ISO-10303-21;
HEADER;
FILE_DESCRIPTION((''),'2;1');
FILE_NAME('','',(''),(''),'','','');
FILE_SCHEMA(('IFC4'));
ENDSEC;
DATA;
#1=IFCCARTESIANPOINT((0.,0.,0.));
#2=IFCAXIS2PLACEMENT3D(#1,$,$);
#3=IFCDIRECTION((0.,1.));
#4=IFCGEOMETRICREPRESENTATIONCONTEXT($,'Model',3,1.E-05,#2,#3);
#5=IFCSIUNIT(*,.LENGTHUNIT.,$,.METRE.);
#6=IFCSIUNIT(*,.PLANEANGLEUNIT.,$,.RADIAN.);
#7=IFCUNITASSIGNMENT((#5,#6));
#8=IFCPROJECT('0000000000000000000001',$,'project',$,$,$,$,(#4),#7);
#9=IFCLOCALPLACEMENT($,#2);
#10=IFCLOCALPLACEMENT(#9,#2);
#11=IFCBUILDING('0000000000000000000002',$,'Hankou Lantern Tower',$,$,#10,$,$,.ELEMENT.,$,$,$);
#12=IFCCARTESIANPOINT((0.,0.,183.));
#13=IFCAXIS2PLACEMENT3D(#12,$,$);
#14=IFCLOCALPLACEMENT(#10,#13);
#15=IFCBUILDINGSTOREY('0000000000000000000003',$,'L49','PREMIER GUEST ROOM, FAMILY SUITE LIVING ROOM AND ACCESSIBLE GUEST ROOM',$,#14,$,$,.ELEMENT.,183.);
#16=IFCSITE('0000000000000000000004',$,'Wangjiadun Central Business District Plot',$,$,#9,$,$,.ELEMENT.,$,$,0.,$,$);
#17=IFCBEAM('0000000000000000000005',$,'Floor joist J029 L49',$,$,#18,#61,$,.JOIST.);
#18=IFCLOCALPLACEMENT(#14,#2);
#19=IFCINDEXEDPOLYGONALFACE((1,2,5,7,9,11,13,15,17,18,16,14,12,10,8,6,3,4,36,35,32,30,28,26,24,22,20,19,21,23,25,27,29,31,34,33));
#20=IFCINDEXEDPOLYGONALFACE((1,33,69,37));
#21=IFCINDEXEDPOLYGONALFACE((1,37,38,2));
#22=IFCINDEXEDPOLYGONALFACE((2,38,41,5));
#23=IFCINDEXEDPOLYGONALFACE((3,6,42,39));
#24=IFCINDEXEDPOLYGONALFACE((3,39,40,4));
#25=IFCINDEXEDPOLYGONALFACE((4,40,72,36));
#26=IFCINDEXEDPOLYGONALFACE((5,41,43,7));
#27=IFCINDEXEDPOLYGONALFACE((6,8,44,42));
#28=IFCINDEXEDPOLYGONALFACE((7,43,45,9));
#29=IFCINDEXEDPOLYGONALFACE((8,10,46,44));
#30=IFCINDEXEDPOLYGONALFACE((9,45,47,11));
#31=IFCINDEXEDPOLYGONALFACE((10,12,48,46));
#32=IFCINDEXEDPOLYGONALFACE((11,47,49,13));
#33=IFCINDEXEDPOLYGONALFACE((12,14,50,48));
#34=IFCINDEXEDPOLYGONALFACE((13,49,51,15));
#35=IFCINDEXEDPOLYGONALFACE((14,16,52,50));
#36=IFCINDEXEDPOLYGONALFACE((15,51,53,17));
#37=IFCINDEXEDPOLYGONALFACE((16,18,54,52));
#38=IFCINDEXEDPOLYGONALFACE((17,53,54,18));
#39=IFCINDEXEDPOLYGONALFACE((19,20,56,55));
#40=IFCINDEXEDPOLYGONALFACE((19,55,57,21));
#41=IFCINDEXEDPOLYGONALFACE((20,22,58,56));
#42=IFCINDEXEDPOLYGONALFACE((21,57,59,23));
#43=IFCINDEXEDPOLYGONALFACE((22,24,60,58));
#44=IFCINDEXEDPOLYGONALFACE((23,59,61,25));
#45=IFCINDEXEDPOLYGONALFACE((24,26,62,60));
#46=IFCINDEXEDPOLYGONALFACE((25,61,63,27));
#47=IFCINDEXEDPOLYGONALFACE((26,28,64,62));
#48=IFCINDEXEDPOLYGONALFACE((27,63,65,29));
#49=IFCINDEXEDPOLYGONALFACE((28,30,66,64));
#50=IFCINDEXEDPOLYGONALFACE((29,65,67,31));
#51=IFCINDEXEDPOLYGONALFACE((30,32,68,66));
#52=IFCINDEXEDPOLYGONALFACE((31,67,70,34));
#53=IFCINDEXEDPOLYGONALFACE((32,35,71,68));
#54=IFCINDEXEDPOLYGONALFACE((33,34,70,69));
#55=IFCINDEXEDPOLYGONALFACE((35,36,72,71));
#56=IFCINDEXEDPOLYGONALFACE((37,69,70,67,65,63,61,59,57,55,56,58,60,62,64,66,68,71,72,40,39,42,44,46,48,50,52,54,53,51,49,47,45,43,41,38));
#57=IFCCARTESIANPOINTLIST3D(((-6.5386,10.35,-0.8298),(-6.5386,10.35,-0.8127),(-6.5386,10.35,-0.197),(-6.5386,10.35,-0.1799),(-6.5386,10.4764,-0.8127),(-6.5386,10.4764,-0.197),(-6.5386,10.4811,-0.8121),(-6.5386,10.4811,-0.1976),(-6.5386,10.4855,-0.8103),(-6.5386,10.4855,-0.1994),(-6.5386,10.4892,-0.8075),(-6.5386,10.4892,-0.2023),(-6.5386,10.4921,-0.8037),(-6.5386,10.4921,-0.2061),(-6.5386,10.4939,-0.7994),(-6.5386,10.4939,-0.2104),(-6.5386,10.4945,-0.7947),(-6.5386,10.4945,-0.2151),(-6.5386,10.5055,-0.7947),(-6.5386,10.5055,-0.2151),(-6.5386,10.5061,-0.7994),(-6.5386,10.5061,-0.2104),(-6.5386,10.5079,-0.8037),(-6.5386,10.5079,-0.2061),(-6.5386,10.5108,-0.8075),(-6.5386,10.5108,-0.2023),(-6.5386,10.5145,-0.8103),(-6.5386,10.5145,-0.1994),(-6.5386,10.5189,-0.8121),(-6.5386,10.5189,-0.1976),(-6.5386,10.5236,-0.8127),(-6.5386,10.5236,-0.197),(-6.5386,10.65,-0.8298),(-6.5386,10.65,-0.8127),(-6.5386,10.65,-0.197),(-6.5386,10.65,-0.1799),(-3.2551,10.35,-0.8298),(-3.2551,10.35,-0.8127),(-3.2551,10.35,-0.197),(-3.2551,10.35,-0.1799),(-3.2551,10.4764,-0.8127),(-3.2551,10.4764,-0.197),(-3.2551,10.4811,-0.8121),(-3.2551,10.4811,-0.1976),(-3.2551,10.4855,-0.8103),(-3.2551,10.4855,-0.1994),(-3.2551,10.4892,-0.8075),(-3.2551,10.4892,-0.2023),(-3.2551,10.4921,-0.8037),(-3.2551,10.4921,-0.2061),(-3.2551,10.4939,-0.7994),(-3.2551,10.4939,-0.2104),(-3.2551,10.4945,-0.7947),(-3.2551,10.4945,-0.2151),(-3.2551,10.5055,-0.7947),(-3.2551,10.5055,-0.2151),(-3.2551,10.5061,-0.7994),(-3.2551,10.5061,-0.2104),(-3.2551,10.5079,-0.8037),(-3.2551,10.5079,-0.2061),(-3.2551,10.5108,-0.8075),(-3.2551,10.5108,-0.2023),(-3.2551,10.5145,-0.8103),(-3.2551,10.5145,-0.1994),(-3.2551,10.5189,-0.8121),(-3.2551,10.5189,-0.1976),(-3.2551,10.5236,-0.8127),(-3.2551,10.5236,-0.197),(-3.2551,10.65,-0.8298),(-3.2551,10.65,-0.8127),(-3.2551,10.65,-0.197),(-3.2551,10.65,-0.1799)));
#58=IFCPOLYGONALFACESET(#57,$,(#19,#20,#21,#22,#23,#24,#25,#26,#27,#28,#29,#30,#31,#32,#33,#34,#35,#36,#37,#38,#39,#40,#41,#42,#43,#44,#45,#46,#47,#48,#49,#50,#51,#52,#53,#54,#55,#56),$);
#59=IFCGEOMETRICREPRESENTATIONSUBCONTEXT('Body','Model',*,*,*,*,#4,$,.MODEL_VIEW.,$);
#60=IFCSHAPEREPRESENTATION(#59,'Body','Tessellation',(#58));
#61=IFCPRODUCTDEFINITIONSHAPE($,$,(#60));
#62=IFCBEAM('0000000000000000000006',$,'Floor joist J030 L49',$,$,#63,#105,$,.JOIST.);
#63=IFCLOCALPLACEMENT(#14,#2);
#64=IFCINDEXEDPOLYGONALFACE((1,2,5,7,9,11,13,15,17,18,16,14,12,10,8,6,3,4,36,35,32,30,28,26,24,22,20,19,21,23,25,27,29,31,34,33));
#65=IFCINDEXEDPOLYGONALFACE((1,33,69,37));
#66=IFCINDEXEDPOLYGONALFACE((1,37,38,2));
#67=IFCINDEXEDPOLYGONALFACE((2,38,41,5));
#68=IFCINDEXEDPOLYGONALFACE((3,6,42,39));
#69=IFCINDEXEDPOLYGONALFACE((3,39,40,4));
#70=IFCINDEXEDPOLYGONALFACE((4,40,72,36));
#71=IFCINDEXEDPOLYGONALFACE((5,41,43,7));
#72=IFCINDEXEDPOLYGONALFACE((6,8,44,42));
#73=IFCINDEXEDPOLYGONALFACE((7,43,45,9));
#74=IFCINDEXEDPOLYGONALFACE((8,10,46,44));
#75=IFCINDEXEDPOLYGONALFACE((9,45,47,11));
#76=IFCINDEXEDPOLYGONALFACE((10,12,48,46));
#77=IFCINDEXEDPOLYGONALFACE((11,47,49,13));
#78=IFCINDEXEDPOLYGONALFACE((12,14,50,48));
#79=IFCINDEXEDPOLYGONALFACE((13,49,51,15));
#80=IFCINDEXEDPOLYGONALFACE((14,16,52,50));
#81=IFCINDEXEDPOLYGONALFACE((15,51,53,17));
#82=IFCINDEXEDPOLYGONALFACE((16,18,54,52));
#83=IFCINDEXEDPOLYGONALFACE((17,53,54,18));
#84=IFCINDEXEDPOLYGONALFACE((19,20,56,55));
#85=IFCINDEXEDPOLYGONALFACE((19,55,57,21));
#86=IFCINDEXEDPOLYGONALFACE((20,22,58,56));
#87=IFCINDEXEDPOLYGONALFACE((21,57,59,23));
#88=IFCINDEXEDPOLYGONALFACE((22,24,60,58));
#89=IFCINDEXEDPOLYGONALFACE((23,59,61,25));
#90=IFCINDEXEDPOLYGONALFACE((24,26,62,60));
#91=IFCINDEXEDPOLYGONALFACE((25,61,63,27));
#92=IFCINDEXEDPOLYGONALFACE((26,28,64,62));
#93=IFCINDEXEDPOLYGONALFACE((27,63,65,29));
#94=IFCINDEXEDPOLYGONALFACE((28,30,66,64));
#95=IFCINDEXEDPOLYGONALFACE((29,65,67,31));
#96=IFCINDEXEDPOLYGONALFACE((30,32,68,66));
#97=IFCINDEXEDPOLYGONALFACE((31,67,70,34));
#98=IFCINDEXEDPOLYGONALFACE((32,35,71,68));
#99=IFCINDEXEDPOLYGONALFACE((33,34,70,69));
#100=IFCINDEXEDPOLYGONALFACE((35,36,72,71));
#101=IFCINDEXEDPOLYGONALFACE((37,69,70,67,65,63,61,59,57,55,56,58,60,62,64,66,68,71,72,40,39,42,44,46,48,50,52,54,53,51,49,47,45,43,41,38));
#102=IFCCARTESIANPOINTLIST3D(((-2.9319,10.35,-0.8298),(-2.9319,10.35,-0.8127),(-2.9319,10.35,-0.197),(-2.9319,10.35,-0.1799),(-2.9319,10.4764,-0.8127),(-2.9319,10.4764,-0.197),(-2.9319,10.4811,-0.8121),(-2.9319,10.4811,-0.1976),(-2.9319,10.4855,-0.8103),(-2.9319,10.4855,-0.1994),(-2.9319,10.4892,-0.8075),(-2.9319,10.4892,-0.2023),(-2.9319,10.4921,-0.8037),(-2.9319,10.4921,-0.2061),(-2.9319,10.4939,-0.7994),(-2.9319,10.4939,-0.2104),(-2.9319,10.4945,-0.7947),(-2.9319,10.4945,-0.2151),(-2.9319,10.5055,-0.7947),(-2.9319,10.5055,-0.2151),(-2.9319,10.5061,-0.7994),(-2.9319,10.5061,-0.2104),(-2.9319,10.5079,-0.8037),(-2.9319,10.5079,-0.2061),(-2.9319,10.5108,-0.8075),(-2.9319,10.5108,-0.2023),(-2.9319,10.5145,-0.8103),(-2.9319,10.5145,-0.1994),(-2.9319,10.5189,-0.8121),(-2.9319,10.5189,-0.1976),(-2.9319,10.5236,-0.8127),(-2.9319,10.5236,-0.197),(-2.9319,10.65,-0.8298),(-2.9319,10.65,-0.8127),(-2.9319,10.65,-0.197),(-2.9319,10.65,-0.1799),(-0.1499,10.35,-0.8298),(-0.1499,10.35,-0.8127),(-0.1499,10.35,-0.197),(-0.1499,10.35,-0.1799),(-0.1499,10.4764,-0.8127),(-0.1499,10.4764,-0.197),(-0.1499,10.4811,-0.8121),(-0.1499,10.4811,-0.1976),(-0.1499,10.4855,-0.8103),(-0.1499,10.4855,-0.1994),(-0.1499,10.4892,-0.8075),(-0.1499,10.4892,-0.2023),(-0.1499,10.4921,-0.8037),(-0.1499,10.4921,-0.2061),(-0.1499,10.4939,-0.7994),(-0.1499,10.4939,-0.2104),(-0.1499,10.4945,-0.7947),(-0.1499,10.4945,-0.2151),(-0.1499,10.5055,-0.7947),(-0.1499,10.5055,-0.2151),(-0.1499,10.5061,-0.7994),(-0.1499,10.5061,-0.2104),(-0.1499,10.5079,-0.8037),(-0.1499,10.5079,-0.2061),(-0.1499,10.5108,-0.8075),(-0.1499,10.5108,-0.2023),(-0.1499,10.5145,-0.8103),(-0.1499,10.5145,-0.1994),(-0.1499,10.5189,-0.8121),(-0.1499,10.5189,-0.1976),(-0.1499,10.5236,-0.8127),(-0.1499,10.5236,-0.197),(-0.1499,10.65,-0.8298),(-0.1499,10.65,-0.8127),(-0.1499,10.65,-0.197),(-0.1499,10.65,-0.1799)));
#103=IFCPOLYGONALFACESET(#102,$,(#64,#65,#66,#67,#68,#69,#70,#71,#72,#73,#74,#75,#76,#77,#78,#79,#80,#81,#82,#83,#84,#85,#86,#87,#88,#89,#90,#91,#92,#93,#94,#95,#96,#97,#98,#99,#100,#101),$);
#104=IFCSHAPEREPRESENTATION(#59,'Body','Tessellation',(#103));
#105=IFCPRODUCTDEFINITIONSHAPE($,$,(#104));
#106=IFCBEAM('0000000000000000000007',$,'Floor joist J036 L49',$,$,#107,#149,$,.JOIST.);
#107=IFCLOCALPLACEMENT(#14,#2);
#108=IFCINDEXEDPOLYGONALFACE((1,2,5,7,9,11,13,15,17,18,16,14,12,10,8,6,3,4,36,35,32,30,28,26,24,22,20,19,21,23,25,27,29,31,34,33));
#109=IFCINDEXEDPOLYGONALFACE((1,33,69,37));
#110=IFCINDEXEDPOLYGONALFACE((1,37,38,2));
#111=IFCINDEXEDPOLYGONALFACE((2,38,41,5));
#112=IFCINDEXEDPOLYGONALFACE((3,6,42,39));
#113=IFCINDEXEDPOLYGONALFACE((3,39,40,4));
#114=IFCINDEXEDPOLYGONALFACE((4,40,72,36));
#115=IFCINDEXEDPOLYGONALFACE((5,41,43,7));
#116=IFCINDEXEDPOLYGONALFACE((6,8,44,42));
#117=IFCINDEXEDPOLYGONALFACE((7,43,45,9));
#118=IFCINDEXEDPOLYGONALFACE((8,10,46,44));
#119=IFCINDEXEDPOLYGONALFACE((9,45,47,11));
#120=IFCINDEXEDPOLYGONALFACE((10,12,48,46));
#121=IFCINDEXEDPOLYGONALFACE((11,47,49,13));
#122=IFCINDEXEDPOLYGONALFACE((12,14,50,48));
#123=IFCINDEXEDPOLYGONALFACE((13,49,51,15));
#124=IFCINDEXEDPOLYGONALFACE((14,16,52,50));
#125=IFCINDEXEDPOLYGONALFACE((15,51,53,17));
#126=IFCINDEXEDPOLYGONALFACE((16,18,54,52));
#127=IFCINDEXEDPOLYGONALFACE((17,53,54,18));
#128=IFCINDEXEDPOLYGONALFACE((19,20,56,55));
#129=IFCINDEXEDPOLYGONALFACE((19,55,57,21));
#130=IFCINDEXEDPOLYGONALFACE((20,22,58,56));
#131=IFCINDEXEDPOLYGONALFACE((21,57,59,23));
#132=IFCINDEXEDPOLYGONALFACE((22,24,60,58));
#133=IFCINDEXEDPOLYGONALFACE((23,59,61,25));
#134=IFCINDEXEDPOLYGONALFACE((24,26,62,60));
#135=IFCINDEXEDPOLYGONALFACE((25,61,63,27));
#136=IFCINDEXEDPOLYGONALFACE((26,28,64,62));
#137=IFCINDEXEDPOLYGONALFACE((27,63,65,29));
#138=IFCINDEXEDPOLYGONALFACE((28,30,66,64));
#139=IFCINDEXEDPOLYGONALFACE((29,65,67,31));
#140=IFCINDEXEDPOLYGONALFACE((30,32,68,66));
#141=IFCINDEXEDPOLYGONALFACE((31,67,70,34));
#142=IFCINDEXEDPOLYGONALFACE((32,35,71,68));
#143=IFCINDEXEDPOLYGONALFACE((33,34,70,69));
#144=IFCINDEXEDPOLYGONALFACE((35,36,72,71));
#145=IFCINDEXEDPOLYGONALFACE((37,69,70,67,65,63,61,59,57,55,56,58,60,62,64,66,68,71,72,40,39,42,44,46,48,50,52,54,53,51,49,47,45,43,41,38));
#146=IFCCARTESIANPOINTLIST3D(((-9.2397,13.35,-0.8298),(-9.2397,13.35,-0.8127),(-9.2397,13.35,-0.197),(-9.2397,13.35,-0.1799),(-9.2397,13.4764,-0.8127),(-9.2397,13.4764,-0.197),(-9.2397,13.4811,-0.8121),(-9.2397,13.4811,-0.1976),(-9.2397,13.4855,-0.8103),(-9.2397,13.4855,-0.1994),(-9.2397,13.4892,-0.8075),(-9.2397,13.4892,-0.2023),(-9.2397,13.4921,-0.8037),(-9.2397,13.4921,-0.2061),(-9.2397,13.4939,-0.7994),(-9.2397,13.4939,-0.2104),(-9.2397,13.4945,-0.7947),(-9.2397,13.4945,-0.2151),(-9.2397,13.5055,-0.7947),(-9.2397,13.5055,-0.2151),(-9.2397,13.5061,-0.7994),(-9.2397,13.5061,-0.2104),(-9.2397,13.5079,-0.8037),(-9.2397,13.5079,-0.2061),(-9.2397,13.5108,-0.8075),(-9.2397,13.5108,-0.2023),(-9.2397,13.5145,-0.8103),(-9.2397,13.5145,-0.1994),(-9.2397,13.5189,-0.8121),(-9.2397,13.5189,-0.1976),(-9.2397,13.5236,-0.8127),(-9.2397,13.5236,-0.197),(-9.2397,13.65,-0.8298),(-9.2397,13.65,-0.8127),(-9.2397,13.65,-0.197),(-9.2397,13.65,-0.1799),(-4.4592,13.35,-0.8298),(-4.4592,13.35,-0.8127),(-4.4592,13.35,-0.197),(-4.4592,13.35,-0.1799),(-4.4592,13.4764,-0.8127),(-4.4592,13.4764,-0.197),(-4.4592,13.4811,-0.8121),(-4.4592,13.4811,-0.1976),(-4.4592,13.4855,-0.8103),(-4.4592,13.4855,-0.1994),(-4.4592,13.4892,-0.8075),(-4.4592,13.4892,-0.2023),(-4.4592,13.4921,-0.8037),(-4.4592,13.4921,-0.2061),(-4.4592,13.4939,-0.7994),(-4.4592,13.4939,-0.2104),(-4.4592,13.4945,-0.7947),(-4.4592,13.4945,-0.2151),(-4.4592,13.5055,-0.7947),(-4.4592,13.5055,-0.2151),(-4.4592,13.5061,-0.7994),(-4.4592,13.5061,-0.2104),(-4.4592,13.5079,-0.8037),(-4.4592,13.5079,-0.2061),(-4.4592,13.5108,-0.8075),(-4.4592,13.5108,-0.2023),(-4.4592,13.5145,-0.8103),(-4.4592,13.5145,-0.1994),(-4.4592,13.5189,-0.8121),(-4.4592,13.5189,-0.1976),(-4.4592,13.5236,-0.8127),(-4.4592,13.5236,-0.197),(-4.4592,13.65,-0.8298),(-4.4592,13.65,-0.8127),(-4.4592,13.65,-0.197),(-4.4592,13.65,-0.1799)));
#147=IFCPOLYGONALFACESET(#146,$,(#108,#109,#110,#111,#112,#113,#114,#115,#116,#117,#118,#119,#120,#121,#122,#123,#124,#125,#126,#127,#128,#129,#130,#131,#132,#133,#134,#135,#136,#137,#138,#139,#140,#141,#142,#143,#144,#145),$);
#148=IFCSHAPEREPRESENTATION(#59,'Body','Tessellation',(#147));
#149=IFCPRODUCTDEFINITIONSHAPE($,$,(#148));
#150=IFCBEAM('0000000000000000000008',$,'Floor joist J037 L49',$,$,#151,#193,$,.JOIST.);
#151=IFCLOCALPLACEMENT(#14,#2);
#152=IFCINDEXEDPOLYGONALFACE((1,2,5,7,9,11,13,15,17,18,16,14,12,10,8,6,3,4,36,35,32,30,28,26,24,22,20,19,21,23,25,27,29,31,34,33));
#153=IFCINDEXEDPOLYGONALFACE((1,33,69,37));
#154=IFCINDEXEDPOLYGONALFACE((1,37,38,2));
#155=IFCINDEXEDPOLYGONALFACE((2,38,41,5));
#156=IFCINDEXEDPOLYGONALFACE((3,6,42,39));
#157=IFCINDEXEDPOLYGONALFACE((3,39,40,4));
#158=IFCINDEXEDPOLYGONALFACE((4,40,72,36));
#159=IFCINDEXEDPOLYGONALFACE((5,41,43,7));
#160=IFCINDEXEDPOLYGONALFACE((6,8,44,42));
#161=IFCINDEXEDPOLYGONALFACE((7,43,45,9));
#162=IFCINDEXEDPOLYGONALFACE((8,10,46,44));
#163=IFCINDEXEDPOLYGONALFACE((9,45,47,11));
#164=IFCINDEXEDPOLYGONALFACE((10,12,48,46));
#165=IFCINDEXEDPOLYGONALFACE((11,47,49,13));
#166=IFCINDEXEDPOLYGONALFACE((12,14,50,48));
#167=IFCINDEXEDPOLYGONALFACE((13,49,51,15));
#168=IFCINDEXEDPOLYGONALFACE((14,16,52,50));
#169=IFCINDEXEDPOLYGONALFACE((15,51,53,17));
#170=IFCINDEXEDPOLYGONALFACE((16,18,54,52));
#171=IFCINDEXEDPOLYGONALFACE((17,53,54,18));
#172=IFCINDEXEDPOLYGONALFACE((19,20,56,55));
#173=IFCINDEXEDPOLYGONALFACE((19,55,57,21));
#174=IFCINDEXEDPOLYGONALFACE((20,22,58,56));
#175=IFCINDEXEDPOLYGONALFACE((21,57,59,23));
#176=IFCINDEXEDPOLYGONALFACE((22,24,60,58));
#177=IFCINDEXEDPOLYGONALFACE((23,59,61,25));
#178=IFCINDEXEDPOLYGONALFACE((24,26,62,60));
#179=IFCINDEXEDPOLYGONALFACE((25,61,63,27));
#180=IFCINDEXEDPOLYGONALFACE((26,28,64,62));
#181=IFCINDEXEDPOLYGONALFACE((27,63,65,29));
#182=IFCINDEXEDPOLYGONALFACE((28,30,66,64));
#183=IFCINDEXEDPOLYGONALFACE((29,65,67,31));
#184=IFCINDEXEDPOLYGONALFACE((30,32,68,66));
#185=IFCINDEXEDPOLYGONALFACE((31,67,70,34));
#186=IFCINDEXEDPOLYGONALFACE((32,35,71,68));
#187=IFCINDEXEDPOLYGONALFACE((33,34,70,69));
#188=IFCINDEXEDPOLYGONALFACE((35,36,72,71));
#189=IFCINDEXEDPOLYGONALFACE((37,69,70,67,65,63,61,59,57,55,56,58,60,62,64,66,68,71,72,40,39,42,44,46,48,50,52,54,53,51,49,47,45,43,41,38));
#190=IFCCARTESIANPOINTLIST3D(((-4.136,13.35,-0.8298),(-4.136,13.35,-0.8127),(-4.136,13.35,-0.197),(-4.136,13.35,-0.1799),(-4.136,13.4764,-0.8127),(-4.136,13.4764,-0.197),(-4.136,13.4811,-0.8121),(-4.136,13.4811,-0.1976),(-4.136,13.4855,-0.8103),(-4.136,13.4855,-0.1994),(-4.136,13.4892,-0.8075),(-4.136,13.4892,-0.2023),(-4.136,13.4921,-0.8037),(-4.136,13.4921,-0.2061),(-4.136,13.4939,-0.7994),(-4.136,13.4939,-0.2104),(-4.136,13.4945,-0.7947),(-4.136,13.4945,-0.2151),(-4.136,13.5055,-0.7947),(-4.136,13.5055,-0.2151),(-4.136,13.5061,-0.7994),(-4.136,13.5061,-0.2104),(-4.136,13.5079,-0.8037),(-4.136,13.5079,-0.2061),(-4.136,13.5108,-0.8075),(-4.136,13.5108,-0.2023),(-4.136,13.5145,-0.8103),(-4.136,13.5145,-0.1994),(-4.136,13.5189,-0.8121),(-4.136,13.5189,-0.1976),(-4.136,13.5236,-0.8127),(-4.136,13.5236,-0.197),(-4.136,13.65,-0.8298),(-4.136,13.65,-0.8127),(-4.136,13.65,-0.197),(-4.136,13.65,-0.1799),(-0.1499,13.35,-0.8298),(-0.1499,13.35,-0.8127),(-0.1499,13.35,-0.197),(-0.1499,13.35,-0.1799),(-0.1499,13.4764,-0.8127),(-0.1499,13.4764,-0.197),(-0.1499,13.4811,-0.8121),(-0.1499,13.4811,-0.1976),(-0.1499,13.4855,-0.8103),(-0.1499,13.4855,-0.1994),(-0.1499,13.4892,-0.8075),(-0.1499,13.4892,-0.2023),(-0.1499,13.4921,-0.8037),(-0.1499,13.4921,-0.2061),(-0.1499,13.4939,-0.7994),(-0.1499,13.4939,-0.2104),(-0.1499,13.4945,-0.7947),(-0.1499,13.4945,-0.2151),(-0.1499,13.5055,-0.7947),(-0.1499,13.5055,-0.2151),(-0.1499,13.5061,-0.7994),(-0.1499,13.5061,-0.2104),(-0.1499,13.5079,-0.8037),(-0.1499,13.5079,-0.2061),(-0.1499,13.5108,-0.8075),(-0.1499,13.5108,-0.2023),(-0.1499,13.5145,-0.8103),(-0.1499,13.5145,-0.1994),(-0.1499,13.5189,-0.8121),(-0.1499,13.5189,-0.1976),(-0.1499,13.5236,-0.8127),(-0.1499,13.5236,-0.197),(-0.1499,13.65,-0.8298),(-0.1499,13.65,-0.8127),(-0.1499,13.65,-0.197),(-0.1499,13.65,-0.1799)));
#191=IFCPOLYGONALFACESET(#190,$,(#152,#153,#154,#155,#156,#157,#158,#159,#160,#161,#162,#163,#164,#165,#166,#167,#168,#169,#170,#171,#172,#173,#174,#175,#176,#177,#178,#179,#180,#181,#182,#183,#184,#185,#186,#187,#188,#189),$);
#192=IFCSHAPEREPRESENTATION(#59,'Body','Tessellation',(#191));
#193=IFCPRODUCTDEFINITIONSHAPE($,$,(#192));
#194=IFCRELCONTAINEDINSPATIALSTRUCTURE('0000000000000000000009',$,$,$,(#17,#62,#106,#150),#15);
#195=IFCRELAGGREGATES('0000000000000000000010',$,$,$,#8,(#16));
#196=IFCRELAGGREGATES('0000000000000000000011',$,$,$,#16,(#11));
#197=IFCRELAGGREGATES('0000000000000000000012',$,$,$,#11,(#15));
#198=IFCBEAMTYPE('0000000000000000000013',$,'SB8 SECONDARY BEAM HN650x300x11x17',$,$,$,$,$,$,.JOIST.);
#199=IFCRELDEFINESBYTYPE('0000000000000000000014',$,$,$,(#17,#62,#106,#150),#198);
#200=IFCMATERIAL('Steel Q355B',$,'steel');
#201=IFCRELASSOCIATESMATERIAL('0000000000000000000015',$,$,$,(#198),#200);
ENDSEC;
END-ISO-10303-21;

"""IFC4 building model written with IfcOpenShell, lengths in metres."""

from ifc_helpers import new_model, si_unit, direction, frame, origin, origin_2d, place, context, subcontext, project, spatial, i_section, extrude, material, material_profile, profile_set, type_object, element, save


model = new_model("IFC4")

# Units and contexts
model_context = context("Model", 3, precision=1e-05, world=origin(), true_north=direction((0.0, 1.0)))
body_context = subcontext(model_context, "Body", "Model", "MODEL_VIEW")
ifc_project = project(units=[si_unit("LENGTHUNIT", "METRE"), si_unit("PLANEANGLEUNIT", "RADIAN")], contexts=[model_context])

# Site, building, storey
site_placement = place(None, origin())
site = spatial("IfcSite", under=ifc_project, at=site_placement, Name="Wangjiadun Central Business District Plot", CompositionType="ELEMENT", RefElevation=0.0)
building_placement = place(site_placement, origin())
building = spatial("IfcBuilding", under=site, at=building_placement, Name="Hankou Lantern Tower", CompositionType="ELEMENT")
storey_placement = place(building_placement, frame((0.0, 0.0, 183.0)))
storey = spatial("IfcBuildingStorey", under=building, at=storey_placement, Name="L49", Description="PREMIER GUEST ROOM, FAMILY SUITE LIVING ROOM AND ACCESSIBLE GUEST ROOM", CompositionType="ELEMENT", Elevation=183.0)

# Beams
ifc_material_1 = material(Name="Steel Q355B", Category="steel")
ifc_material_profile_1 = material_profile(ifc_material_1, i_section(OverallWidth=0.3, OverallDepth=0.6499, WebThickness=0.011, FlangeThickness=0.0171, FilletRadius=0.0181, at=origin_2d()), Name="HN650x300x11x17")
ifc_profile_set_1 = profile_set([ifc_material_profile_1], Name="Steel Q355B")
beam_type_1 = type_object("IfcBeamType", Name="SB8 SECONDARY BEAM HN650x300x11x17", PredefinedType="JOIST", material=ifc_profile_set_1)
beam_1_placement = place(storey_placement, frame((-6.5386, 10.5, -0.5049), z_axis=(1.0, 0.0, 0.0), x_axis=(0.0, 1.0, 0.0)))
element("IfcBeam", 1, at=beam_1_placement, inside=storey, type_object=beam_type_1, Name="Floor joist J029 L49", PredefinedType="JOIST", context=body_context, shape_type="SweptSolid", body=[
    extrude(i_section(OverallWidth=0.3, OverallDepth=0.6499, WebThickness=0.011, FlangeThickness=0.0171, FilletRadius=0.0181, at=origin_2d()), origin(), (0.0, 0.0, 1.0), 3.2834),
])
beam_2_placement = place(storey_placement, frame((-2.9319, 10.5, -0.5049), z_axis=(1.0, 0.0, 0.0), x_axis=(0.0, 1.0, 0.0)))
element("IfcBeam", 2, at=beam_2_placement, inside=storey, type_object=beam_type_1, Name="Floor joist J030 L49", PredefinedType="JOIST", context=body_context, shape_type="SweptSolid", body=[
    extrude(i_section(OverallWidth=0.3, OverallDepth=0.6499, WebThickness=0.011, FlangeThickness=0.0171, FilletRadius=0.0181, at=origin_2d()), origin(), (0.0, 0.0, 1.0), 2.782),
])
beam_3_placement = place(storey_placement, frame((-9.2397, 13.5, -0.5049), z_axis=(1.0, 0.0, 0.0), x_axis=(0.0, 1.0, 0.0)))
element("IfcBeam", 3, at=beam_3_placement, inside=storey, type_object=beam_type_1, Name="Floor joist J036 L49", PredefinedType="JOIST", context=body_context, shape_type="SweptSolid", body=[
    extrude(i_section(OverallWidth=0.3, OverallDepth=0.6499, WebThickness=0.011, FlangeThickness=0.0171, FilletRadius=0.0181, at=origin_2d()), origin(), (0.0, 0.0, 1.0), 4.7805),
])
beam_4_placement = place(storey_placement, frame((-4.136, 13.5, -0.5049), z_axis=(1.0, 0.0, 0.0), x_axis=(0.0, 1.0, 0.0)))
element("IfcBeam", 4, at=beam_4_placement, inside=storey, type_object=beam_type_1, Name="Floor joist J037 L49", PredefinedType="JOIST", context=body_context, shape_type="SweptSolid", body=[
    extrude(i_section(OverallWidth=0.3, OverallDepth=0.6499, WebThickness=0.011, FlangeThickness=0.0171, FilletRadius=0.0181, at=origin_2d()), origin(), (0.0, 0.0, 1.0), 3.9861),
])

save(model, "model.ifc")
